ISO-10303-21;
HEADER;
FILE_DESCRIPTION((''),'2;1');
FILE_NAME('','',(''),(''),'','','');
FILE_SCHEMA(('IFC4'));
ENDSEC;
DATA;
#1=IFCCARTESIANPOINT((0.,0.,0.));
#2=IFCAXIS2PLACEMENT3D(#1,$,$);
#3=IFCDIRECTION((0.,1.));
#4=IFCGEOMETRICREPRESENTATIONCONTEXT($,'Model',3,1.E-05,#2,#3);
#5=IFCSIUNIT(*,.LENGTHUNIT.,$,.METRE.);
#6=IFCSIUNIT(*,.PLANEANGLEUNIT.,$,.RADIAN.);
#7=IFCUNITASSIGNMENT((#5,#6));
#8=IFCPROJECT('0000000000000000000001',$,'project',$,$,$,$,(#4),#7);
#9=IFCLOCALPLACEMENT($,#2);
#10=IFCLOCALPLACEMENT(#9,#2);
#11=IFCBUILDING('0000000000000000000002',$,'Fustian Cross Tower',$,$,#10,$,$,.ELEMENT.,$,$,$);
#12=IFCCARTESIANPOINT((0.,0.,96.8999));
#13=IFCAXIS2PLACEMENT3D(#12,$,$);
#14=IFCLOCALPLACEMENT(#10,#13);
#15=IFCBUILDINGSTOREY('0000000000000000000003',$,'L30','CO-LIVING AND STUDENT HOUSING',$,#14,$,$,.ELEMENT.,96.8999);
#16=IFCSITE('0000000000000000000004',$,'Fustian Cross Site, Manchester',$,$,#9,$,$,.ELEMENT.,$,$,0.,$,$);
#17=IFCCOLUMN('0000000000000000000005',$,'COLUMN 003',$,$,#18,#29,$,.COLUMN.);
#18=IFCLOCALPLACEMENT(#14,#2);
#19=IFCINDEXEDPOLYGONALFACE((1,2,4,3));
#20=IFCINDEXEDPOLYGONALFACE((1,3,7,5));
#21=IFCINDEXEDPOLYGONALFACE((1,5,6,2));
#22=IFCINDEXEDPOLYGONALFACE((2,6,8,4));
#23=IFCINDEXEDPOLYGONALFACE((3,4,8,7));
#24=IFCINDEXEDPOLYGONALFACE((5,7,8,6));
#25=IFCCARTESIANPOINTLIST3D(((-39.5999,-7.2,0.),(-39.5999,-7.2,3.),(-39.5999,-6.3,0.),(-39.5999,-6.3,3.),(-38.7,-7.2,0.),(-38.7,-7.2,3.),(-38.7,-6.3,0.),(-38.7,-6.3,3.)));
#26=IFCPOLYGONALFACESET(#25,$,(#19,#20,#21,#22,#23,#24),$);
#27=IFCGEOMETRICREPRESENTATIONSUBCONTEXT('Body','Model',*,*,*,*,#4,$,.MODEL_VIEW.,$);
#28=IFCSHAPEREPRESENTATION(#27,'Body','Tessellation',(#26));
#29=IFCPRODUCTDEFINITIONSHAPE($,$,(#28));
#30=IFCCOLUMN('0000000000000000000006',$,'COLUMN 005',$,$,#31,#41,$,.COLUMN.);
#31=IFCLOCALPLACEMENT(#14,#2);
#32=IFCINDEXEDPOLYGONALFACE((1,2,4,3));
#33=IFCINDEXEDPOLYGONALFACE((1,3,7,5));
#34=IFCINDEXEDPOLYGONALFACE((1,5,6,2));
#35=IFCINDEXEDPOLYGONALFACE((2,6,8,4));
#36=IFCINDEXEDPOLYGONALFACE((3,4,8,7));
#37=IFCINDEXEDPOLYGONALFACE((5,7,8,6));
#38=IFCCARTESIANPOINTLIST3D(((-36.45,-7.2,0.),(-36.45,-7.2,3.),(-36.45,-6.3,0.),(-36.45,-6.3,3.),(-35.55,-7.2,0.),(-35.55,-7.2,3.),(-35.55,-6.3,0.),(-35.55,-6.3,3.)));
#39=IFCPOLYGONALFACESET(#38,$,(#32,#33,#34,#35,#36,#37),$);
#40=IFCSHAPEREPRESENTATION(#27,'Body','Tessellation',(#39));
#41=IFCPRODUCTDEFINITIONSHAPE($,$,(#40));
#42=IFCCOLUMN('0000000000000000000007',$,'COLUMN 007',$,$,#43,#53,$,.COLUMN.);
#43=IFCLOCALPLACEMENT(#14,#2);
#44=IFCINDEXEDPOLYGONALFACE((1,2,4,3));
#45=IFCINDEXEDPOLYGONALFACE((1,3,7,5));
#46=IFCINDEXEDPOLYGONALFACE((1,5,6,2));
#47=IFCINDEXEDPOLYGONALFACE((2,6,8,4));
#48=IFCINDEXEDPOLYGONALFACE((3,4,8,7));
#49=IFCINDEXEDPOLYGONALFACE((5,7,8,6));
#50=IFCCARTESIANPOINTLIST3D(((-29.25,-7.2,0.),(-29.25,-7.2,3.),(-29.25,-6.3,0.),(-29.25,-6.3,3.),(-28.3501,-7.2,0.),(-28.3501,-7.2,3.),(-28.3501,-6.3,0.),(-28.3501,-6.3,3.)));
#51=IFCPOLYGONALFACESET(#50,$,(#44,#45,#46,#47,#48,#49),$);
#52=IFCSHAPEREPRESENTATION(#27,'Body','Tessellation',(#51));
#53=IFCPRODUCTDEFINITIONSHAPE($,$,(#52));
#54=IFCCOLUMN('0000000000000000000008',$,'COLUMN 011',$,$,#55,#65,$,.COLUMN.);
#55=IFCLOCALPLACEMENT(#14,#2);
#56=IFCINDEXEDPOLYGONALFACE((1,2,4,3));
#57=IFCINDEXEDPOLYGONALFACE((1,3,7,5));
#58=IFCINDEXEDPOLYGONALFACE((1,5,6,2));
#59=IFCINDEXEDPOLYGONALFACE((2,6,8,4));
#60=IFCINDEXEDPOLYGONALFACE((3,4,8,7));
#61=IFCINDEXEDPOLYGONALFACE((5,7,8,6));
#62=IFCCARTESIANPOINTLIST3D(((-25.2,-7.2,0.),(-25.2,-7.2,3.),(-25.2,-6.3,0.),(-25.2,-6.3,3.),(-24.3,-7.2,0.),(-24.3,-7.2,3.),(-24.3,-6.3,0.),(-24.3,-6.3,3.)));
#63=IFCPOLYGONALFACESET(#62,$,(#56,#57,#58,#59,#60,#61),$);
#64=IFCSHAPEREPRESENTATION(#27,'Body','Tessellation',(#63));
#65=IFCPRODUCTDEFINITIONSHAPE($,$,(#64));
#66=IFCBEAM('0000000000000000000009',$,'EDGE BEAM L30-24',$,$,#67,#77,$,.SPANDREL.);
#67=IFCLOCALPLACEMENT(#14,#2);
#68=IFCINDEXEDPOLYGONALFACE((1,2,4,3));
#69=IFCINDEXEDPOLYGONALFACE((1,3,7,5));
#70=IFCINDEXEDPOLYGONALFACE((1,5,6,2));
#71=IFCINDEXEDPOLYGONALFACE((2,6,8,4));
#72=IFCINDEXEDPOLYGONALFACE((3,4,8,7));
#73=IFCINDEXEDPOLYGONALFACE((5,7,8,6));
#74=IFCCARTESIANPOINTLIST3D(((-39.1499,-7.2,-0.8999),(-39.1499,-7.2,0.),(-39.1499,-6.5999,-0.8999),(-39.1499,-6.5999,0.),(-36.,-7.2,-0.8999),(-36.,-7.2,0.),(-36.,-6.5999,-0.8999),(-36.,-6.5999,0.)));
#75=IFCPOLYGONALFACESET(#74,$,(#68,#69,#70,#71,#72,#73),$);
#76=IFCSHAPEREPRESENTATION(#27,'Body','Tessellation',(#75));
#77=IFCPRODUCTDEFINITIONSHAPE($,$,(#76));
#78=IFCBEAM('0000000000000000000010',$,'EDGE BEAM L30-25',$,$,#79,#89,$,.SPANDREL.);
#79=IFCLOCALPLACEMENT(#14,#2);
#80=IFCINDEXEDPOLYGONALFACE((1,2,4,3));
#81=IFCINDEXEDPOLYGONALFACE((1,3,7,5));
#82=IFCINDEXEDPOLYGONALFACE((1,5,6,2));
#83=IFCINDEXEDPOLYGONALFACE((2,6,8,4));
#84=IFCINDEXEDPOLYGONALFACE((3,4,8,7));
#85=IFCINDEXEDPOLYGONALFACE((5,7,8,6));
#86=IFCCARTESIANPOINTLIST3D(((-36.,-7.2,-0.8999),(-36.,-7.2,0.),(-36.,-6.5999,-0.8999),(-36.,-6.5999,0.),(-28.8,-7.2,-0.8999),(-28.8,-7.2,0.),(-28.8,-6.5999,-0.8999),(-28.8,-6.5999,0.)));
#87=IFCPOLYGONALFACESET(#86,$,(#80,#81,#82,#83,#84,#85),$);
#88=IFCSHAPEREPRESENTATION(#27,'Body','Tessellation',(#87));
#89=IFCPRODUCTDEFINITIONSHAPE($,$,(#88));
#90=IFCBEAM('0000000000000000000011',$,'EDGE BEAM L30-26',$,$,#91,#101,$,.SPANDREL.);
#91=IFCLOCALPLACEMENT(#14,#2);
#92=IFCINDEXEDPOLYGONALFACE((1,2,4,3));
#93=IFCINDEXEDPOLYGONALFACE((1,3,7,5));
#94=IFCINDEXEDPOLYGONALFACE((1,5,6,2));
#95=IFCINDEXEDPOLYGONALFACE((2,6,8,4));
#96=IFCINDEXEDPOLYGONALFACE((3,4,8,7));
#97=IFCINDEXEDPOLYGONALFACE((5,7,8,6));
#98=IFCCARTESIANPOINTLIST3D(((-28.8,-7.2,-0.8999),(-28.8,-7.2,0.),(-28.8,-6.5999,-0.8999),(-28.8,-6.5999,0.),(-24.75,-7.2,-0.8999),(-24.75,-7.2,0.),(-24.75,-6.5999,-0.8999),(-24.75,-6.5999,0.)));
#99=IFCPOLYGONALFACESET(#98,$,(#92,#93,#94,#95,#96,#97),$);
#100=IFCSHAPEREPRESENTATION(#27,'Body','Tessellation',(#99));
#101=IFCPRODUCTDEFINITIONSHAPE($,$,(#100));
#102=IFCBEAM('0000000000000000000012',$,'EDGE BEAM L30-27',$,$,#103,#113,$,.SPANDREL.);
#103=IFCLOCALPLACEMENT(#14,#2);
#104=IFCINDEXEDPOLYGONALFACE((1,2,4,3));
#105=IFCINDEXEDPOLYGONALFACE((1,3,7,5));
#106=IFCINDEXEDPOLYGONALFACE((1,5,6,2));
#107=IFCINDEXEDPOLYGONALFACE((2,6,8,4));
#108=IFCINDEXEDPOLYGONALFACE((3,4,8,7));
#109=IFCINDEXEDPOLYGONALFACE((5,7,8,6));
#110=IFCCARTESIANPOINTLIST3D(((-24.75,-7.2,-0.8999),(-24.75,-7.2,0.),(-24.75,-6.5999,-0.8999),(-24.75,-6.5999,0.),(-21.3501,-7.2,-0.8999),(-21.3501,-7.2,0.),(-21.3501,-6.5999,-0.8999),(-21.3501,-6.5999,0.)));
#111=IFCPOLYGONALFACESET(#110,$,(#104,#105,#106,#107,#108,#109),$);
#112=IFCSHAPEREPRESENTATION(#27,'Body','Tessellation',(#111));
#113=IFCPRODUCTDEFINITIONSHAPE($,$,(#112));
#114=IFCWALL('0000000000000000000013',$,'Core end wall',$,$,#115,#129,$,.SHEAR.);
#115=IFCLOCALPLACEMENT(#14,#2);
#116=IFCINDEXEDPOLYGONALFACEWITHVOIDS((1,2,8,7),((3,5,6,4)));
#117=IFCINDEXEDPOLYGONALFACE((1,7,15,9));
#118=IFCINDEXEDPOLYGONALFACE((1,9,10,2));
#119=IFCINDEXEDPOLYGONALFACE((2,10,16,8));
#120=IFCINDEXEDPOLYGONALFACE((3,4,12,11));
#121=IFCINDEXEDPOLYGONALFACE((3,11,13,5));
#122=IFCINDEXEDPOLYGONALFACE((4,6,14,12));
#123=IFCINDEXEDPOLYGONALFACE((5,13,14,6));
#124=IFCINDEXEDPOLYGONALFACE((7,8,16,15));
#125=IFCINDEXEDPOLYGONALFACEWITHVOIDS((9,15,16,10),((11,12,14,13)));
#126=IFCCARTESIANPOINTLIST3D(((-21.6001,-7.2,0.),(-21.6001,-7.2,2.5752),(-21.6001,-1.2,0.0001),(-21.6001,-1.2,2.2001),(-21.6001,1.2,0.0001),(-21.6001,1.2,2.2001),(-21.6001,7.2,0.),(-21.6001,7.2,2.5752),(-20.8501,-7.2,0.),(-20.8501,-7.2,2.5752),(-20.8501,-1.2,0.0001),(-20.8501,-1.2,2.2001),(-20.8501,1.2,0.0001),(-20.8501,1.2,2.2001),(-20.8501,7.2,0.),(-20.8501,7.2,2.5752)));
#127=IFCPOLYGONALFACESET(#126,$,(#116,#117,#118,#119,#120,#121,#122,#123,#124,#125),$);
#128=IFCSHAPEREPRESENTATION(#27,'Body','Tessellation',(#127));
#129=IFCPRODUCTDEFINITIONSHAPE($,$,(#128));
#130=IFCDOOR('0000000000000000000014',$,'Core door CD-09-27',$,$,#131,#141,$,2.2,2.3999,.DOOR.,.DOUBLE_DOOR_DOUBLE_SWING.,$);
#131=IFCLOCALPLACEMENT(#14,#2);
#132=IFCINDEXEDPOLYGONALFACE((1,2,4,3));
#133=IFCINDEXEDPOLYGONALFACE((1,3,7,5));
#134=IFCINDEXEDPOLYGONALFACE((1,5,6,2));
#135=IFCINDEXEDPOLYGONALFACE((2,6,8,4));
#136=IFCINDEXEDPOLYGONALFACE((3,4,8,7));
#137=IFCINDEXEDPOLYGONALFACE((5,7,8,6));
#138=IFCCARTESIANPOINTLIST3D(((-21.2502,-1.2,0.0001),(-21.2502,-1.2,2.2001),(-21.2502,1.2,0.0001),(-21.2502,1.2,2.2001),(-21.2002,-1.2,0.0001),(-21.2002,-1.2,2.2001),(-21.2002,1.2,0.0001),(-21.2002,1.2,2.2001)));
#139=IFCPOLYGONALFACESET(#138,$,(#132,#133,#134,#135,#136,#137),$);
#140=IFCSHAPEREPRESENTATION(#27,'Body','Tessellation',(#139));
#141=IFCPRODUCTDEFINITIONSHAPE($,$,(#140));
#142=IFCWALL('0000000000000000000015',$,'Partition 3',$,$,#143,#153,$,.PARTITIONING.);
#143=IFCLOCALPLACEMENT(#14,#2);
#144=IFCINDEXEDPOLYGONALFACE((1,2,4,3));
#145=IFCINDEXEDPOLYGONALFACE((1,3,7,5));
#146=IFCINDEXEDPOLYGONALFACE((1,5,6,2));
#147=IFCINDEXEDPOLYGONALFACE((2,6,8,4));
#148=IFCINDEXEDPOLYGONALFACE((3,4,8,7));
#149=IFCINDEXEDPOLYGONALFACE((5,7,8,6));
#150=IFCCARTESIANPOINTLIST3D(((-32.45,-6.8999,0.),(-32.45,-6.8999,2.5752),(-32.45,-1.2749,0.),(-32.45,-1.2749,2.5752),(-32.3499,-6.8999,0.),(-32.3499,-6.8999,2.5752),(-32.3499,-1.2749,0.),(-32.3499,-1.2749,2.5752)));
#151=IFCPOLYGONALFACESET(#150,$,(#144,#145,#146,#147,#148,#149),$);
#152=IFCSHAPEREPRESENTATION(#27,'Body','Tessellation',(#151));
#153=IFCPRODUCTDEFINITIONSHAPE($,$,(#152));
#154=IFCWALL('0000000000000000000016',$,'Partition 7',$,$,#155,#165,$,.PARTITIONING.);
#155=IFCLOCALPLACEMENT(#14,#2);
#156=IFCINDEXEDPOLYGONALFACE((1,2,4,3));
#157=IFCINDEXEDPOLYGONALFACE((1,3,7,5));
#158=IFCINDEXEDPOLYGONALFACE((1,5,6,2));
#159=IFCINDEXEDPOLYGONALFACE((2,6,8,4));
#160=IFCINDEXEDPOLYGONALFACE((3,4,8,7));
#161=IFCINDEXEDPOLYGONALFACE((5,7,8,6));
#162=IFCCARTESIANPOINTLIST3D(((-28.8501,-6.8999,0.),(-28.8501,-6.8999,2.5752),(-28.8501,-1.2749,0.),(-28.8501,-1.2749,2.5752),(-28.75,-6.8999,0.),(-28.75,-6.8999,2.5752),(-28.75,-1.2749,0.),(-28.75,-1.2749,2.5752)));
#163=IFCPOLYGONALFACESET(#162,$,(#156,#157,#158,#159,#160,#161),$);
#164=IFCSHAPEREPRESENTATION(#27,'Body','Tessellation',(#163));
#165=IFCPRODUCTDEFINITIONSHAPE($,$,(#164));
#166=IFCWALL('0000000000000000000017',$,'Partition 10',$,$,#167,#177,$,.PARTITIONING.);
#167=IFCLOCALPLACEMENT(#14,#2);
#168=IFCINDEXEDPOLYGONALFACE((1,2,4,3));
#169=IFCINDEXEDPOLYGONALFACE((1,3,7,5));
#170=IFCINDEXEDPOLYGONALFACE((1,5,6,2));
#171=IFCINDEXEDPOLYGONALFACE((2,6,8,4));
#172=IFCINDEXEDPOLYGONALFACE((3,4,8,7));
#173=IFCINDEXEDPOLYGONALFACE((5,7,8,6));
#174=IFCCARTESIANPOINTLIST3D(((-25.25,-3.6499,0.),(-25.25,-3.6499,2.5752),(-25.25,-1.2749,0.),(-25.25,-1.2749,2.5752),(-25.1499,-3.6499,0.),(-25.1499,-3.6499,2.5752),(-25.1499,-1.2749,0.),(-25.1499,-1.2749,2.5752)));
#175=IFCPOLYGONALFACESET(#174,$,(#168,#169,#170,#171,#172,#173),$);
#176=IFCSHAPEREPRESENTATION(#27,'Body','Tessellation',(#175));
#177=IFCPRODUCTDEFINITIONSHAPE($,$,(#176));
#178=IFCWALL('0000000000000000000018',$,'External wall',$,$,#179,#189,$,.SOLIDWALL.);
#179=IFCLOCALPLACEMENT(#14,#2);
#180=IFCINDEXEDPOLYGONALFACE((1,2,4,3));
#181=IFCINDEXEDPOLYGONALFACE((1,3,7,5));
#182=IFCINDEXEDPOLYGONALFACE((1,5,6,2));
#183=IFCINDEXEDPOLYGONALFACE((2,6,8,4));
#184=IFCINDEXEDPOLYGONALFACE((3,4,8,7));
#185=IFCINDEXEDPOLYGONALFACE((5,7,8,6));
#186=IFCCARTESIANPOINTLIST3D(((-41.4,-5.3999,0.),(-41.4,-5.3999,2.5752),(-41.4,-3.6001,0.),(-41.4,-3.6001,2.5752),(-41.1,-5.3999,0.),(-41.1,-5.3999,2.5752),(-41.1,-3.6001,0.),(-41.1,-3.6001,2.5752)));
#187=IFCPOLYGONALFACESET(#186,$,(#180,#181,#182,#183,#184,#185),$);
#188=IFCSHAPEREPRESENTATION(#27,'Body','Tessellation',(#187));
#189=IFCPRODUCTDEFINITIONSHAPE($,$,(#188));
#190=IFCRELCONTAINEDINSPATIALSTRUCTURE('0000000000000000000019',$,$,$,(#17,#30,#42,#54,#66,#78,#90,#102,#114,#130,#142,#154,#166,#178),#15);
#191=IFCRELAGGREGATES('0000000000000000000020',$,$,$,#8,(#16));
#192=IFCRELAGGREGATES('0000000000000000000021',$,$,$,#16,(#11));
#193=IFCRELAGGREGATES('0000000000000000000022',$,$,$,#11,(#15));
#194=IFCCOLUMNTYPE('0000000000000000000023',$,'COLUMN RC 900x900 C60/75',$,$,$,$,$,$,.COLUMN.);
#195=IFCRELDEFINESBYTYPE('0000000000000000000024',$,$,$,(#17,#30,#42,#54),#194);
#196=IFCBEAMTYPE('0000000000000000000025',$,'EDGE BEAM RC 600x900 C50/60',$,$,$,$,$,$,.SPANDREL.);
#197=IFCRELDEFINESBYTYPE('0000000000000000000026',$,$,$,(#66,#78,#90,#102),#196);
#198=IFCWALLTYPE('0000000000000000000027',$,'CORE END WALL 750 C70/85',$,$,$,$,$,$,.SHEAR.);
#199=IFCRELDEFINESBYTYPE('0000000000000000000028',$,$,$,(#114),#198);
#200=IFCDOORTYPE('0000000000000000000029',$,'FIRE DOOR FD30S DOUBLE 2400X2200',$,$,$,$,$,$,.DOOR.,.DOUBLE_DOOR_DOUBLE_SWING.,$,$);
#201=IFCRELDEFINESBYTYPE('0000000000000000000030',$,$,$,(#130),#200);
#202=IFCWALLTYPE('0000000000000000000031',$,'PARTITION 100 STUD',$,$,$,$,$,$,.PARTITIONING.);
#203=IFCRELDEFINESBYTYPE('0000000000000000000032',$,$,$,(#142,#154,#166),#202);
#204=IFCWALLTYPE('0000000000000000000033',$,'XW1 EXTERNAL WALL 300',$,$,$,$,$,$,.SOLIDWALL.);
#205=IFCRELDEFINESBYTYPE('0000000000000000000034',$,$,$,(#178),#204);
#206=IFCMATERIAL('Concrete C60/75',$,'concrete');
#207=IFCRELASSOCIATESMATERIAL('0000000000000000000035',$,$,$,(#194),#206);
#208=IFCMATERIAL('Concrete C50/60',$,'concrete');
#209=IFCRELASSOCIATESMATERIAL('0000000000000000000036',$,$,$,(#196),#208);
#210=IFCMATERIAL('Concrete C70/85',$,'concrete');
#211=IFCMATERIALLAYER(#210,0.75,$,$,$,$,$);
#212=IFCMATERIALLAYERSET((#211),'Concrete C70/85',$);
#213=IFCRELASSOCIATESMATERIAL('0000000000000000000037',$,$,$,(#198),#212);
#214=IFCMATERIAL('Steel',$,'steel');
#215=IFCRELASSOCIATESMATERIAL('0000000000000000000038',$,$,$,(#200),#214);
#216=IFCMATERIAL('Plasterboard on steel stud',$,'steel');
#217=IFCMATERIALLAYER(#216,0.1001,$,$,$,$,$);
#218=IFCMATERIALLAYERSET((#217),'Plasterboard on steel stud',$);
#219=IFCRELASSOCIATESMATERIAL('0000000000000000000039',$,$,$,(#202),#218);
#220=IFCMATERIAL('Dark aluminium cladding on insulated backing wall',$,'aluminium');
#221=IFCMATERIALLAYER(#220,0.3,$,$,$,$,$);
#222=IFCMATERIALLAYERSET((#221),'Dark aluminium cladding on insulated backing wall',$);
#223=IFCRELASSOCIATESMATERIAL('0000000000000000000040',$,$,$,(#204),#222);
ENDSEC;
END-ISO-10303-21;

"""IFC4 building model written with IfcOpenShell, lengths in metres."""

from ifc_helpers import new_model, si_unit, direction, frame, frame_2d, origin, origin_2d, place, context, subcontext, project, spatial, rectangle, extrude, material, layer, layer_set, material_profile, profile_set, type_object, element, fill, save


model = new_model("IFC4")

# Units and contexts
model_context = context("Model", 3, precision=1e-05, world=origin(), true_north=direction((0.0, 1.0)))
body_context = subcontext(model_context, "Body", "Model", "MODEL_VIEW")
ifc_project = project(units=[si_unit("LENGTHUNIT", "METRE"), si_unit("PLANEANGLEUNIT", "RADIAN")], contexts=[model_context])

# Site, building, storey
site_placement = place(None, origin())
site = spatial("IfcSite", under=ifc_project, at=site_placement, Name="Fustian Cross Site, Manchester", CompositionType="ELEMENT", RefElevation=0.0)
building_placement = place(site_placement, origin())
building = spatial("IfcBuilding", under=site, at=building_placement, Name="Fustian Cross Tower", CompositionType="ELEMENT")
storey_placement = place(building_placement, frame((0.0, 0.0, 96.8999)))
storey = spatial("IfcBuildingStorey", under=building, at=storey_placement, Name="L30", Description="CO-LIVING AND STUDENT HOUSING", CompositionType="ELEMENT", Elevation=96.8999)

# Columns
ifc_material_1 = material(Name="Concrete C60/75", Category="concrete")
ifc_material_profile_1 = material_profile(ifc_material_1, rectangle(XDim=0.8999, YDim=0.8999, at=origin_2d()), Name="RC 900x900")
ifc_profile_set_1 = profile_set([ifc_material_profile_1], Name="Concrete C60/75")
column_type = type_object("IfcColumnType", Name="COLUMN RC 900x900 C60/75", PredefinedType="COLUMN", material=ifc_profile_set_1)
for number, where, z_axis, x_axis, name in (
    (1, (-39.1499, -6.75, 0.0), (0.0, 0.0, 1.0), (1.0, 0.0, 0.0), "COLUMN 003"),
    (2, (-36.0, -6.75, 0.0), (0.0, 0.0, 1.0), (1.0, 0.0, 0.0), "COLUMN 005"),
    (3, (-28.8, -6.75, 0.0), (0.0, 0.0, 1.0), (1.0, 0.0, 0.0), "COLUMN 007"),
    (4, (-24.75, -6.75, 0.0), (0.0, 0.0, 1.0), (1.0, 0.0, 0.0), "COLUMN 011"),
):
    element("IfcColumn", number, at=place(storey_placement, frame(where, z_axis=z_axis, x_axis=x_axis)), inside=storey, type_object=column_type, Name=name, PredefinedType="COLUMN", context=body_context, shape_type="SweptSolid", body=[
        extrude(rectangle(XDim=0.8999, YDim=0.8999, at=origin_2d()), origin(), (0.0, 0.0, 1.0), 3.0),
    ])

# Beams
ifc_material_2 = material(Name="Concrete C50/60", Category="concrete")
ifc_material_profile_2 = material_profile(ifc_material_2, rectangle(XDim=0.6001, YDim=0.8999, at=origin_2d()), Name="RC 600x900")
ifc_profile_set_2 = profile_set([ifc_material_profile_2], Name="Concrete C50/60")
beam_type = type_object("IfcBeamType", Name="EDGE BEAM RC 600x900 C50/60", PredefinedType="SPANDREL", material=ifc_profile_set_2)
beam_1_placement = place(storey_placement, frame((-39.1499, -6.8999, -0.45), z_axis=(1.0, 0.0, 0.0), x_axis=(0.0, 1.0, 0.0)))
element("IfcBeam", 5, at=beam_1_placement, inside=storey, type_object=beam_type, Name="EDGE BEAM L30-24", PredefinedType="SPANDREL", context=body_context, shape_type="SweptSolid", body=[
    extrude(rectangle(XDim=0.6001, YDim=0.8999, at=origin_2d()), origin(), (0.0, 0.0, 1.0), 3.1499),
])
beam_2_placement = place(storey_placement, frame((-36.0, -6.8999, -0.45), z_axis=(1.0, 0.0, 0.0), x_axis=(0.0, 1.0, 0.0)))
element("IfcBeam", 6, at=beam_2_placement, inside=storey, type_object=beam_type, Name="EDGE BEAM L30-25", PredefinedType="SPANDREL", context=body_context, shape_type="SweptSolid", body=[
    extrude(rectangle(XDim=0.6001, YDim=0.8999, at=origin_2d()), origin(), (0.0, 0.0, 1.0), 7.2),
])
beam_3_placement = place(storey_placement, frame((-28.8, -6.8999, -0.45), z_axis=(1.0, 0.0, 0.0), x_axis=(0.0, 1.0, 0.0)))
element("IfcBeam", 7, at=beam_3_placement, inside=storey, type_object=beam_type, Name="EDGE BEAM L30-26", PredefinedType="SPANDREL", context=body_context, shape_type="SweptSolid", body=[
    extrude(rectangle(XDim=0.6001, YDim=0.8999, at=origin_2d()), origin(), (0.0, 0.0, 1.0), 4.05),
])
beam_4_placement = place(storey_placement, frame((-24.75, -6.8999, -0.45), z_axis=(1.0, 0.0, 0.0), x_axis=(0.0, 1.0, 0.0)))
element("IfcBeam", 8, at=beam_4_placement, inside=storey, type_object=beam_type, Name="EDGE BEAM L30-27", PredefinedType="SPANDREL", context=body_context, shape_type="SweptSolid", body=[
    extrude(rectangle(XDim=0.6001, YDim=0.8999, at=origin_2d()), origin(), (0.0, 0.0, 1.0), 3.3999),
])

# Wall, opening, door
ifc_material_3 = material(Name="Concrete C70/85", Category="concrete")
ifc_layer_1 = layer(ifc_material_3, 0.75)
ifc_layer_set_1 = layer_set([ifc_layer_1], Name="Concrete C70/85")
wall_type_1 = type_object("IfcWallType", Name="CORE END WALL 750 C70/85", PredefinedType="SHEAR", material=ifc_layer_set_1)
wall_1_placement = place(storey_placement, frame((-21.2251, -7.2, 0.0), z_axis=(0.0, 0.0, 1.0), x_axis=(0.0, 1.0, 0.0)))
wall_1 = element("IfcWall", 9, at=wall_1_placement, inside=storey, type_object=wall_type_1, Name="Core end wall", PredefinedType="SHEAR", context=body_context, shape_type="SweptSolid", body=[
    extrude(rectangle(XDim=14.3999, YDim=0.75, at=frame_2d((7.2, 0.0))), origin(), (0.0, 0.0, 1.0), 2.5752),
])
opening_1_placement = place(wall_1_placement, frame((6.0, 0.0, 0.0)))
opening_1 = element("IfcOpeningElement", 10, at=opening_1_placement, cuts=wall_1, PredefinedType="OPENING", context=body_context, shape_type="SweptSolid", body=[
    extrude(rectangle(XDim=2.3999, YDim=2.2, at=frame_2d((1.2, 1.1001))), frame((0.0, 0.385, 0.0), z_axis=(0.0, -1.0, 0.0), x_axis=(1.0, 0.0, 0.0)), (0.0, 0.0, 1.0), 0.77),
])
ifc_material_4 = material(Name="Steel", Category="steel")
door_type = type_object("IfcDoorType", Name="FIRE DOOR FD30S DOUBLE 2400X2200", OperationType="DOUBLE_DOOR_DOUBLE_SWING", PredefinedType="DOOR", material=ifc_material_4)
door_placement = place(opening_1_placement, frame((2.3999, 0.0, 0.0), z_axis=(0.0, 0.0, 1.0), x_axis=(-1.0, 0.0, 0.0)))
door = element("IfcDoor", 11, at=door_placement, inside=storey, type_object=door_type, Name="Core door CD-09-27", OperationType="DOUBLE_DOOR_DOUBLE_SWING", OverallHeight=2.2, OverallWidth=2.3999, PredefinedType="DOOR", context=body_context, shape_type="SweptSolid", body=[
    extrude(rectangle(XDim=2.3999, YDim=2.2, at=frame_2d((1.2, 1.1001))), frame((0.0, 0.0249, 0.0), z_axis=(0.0, -1.0, 0.0), x_axis=(1.0, 0.0, 0.0)), (0.0, 0.0, 1.0), 0.05),
])
fill(opening_1, door)

# Walls
ifc_material_5 = material(Name="Plasterboard on steel stud", Category="steel")
ifc_layer_2 = layer(ifc_material_5, 0.1001)
ifc_layer_set_2 = layer_set([ifc_layer_2], Name="Plasterboard on steel stud")
wall_type_2 = type_object("IfcWallType", Name="PARTITION 100 STUD", PredefinedType="PARTITIONING", material=ifc_layer_set_2)
for number, where, z_axis, x_axis, name in (
    (12, (-32.3999, -6.8999, 0.0), (0.0, 0.0, 1.0), (0.0, 1.0, 0.0), "Partition 3"),
    (13, (-28.8, -6.8999, 0.0), (0.0, 0.0, 1.0), (0.0, 1.0, 0.0), "Partition 7"),
):
    element("IfcWall", number, at=place(storey_placement, frame(where, z_axis=z_axis, x_axis=x_axis)), inside=storey, type_object=wall_type_2, Name=name, PredefinedType="PARTITIONING", context=body_context, shape_type="SweptSolid", body=[
        extrude(rectangle(XDim=5.625, YDim=0.1001, at=frame_2d((2.8125, 0.0))), origin(), (0.0, 0.0, 1.0), 2.5752),
    ])
wall_2_placement = place(storey_placement, frame((-25.2, -3.6499, 0.0), z_axis=(0.0, 0.0, 1.0), x_axis=(0.0, 1.0, 0.0)))
element("IfcWall", 14, at=wall_2_placement, inside=storey, type_object=wall_type_2, Name="Partition 10", PredefinedType="PARTITIONING", context=body_context, shape_type="SweptSolid", body=[
    extrude(rectangle(XDim=2.375, YDim=0.1001, at=frame_2d((1.1875, 0.0))), origin(), (0.0, 0.0, 1.0), 2.5752),
])
ifc_material_6 = material(Name="Dark aluminium cladding on insulated backing wall", Category="aluminium")
ifc_layer_3 = layer(ifc_material_6, 0.3)
ifc_layer_set_3 = layer_set([ifc_layer_3], Name="Dark aluminium cladding on insulated backing wall")
wall_type_3 = type_object("IfcWallType", Name="XW1 EXTERNAL WALL 300", PredefinedType="SOLIDWALL", material=ifc_layer_set_3)
wall_3_placement = place(storey_placement, frame((-41.25, -3.6001, 0.0), z_axis=(0.0, 0.0, 1.0), x_axis=(0.0, -1.0, 0.0)))
element("IfcWall", 15, at=wall_3_placement, inside=storey, type_object=wall_type_3, Name="External wall", PredefinedType="SOLIDWALL", context=body_context, shape_type="SweptSolid", body=[
    extrude(rectangle(XDim=1.7998, YDim=0.3, at=frame_2d((0.8999, 0.0))), origin(), (0.0, 0.0, 1.0), 2.5752),
])

save(model, "model.ifc")
